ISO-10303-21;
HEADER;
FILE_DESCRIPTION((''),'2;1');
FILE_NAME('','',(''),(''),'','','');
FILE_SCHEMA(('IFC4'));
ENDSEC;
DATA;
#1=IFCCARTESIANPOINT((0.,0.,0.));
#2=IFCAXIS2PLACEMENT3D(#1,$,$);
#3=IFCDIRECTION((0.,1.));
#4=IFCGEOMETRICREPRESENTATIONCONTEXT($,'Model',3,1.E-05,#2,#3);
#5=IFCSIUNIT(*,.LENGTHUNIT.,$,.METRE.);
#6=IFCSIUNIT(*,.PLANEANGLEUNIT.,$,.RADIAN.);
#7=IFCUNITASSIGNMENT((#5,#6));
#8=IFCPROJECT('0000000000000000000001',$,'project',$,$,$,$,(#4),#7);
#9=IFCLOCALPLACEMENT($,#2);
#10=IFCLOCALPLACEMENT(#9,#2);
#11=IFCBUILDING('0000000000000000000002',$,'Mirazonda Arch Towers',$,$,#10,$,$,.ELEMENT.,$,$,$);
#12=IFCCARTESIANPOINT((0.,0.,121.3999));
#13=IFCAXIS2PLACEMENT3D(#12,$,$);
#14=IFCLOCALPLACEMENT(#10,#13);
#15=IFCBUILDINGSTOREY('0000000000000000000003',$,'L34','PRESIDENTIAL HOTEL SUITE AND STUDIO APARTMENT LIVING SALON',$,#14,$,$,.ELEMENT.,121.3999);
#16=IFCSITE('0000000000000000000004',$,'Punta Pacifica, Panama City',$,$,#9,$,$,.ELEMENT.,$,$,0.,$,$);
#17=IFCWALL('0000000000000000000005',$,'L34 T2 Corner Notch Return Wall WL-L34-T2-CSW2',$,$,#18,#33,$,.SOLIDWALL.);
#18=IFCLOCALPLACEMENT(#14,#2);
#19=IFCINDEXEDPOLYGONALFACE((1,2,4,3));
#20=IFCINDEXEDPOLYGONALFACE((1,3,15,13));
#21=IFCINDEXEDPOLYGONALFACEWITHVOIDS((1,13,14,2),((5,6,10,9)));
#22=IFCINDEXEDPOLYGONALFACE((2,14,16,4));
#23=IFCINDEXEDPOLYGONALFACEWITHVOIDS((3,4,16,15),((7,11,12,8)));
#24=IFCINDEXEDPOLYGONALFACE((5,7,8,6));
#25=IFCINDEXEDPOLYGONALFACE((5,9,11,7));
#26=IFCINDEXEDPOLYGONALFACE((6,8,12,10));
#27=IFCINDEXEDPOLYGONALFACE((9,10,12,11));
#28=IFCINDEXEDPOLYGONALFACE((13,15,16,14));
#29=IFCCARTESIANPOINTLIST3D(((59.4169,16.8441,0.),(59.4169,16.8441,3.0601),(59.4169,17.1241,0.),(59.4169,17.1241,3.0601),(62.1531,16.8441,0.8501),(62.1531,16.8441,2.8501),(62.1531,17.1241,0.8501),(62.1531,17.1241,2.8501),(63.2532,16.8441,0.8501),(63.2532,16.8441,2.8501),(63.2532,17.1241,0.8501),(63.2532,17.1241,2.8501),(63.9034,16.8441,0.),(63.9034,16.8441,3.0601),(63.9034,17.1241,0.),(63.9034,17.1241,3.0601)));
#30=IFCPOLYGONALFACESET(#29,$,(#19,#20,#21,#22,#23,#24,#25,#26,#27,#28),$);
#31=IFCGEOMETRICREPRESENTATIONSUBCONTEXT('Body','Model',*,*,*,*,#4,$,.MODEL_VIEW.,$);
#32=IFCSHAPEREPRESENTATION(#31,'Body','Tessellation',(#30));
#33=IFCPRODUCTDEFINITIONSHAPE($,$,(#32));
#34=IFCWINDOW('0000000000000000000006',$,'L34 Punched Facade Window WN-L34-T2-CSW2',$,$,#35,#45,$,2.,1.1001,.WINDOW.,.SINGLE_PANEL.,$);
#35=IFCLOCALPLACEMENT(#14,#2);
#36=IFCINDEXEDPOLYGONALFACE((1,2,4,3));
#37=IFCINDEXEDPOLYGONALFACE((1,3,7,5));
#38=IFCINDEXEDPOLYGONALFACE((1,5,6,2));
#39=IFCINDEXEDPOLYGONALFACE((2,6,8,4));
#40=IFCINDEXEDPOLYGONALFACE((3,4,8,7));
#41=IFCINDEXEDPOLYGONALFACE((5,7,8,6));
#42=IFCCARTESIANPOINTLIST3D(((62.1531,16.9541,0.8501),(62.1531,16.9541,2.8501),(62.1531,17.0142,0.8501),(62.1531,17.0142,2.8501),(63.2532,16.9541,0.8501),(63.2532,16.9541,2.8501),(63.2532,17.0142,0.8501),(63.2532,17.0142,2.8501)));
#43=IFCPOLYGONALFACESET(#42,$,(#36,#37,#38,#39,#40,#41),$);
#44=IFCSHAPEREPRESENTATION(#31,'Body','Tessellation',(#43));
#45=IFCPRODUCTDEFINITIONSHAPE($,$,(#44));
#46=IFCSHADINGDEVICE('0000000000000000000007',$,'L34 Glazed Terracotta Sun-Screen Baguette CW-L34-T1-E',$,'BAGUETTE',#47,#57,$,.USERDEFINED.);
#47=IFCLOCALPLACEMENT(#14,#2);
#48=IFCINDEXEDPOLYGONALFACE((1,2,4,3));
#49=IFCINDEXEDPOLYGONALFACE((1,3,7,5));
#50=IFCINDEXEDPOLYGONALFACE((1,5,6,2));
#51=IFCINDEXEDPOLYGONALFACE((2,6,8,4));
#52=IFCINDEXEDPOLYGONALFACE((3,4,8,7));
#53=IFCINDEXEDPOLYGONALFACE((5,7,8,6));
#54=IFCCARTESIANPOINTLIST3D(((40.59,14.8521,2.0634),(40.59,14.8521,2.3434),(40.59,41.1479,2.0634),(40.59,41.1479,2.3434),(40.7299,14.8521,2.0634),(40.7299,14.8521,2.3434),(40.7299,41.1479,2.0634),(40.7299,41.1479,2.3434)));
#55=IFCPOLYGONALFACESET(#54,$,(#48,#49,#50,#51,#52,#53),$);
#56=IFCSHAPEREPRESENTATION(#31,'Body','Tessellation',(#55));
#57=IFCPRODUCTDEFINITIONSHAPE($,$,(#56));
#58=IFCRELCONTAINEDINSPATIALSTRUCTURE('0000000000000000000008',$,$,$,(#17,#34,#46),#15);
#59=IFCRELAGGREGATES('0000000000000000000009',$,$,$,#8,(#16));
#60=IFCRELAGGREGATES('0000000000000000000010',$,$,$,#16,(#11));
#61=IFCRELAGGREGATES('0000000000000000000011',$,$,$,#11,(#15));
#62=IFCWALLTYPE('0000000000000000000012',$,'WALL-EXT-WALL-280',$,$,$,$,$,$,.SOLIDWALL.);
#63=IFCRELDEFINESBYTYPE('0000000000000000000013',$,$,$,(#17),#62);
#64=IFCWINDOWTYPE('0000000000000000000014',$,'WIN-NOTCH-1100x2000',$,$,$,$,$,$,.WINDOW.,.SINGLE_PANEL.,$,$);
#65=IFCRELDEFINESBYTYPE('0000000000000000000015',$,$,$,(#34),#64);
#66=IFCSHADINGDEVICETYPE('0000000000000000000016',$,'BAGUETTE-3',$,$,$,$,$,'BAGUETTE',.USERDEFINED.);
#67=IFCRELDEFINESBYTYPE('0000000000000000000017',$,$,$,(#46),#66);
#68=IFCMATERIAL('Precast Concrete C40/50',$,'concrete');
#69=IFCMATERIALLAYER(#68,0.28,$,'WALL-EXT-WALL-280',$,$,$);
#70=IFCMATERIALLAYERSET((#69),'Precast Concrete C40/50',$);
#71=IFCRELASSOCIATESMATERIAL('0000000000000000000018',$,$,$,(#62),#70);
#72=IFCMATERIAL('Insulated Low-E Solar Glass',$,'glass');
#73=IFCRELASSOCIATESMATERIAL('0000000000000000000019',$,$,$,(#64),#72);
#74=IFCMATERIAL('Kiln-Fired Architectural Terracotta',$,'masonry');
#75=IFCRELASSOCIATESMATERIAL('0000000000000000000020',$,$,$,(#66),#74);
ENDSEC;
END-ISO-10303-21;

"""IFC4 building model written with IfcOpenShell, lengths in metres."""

from ifc_helpers import new_model, si_unit, direction, frame, frame_2d, origin, origin_2d, place, context, subcontext, project, spatial, rectangle, extrude, material, layer, layer_set, material_profile, profile_set, type_object, element, fill, save


model = new_model("IFC4")

# Units and contexts
model_context = context("Model", 3, precision=1e-05, world=origin(), true_north=direction((0.0, 1.0)))
body_context = subcontext(model_context, "Body", "Model", "MODEL_VIEW")
ifc_project = project(units=[si_unit("LENGTHUNIT", "METRE"), si_unit("PLANEANGLEUNIT", "RADIAN")], contexts=[model_context])

# Site, building, storey
site_placement = place(None, origin())
site = spatial("IfcSite", under=ifc_project, at=site_placement, Name="Punta Pacifica, Panama City", CompositionType="ELEMENT", RefElevation=0.0)
building_placement = place(site_placement, origin())
building = spatial("IfcBuilding", under=site, at=building_placement, Name="Mirazonda Arch Towers", CompositionType="ELEMENT")
storey_placement = place(building_placement, frame((0.0, 0.0, 121.3999)))
storey = spatial("IfcBuildingStorey", under=building, at=storey_placement, Name="L34", Description="PRESIDENTIAL HOTEL SUITE AND STUDIO APARTMENT LIVING SALON", CompositionType="ELEMENT", Elevation=121.3999)

# Shared definitions
ifc_material_1 = material(Name="Insulated Low-E Solar Glass", Category="glass")

# Wall, opening, window
ifc_material_2 = material(Name="Precast Concrete C40/50", Category="concrete")
ifc_layer_1 = layer(ifc_material_2, 0.28, Name="WALL-EXT-WALL-280")
ifc_layer_set_1 = layer_set([ifc_layer_1], Name="Precast Concrete C40/50")
wall_type = type_object("IfcWallType", Name="WALL-EXT-WALL-280", PredefinedType="SOLIDWALL", material=ifc_layer_set_1)
wall_placement = place(storey_placement, frame((59.417, 16.9841, 0.0), z_axis=(0.0, 0.0, 1.0), x_axis=(1.0, 0.0, 0.0)))
wall = element("IfcWall", 1, at=wall_placement, inside=storey, type_object=wall_type, Name="L34 T2 Corner Notch Return Wall WL-L34-T2-CSW2", PredefinedType="SOLIDWALL", context=body_context, shape_type="SweptSolid", body=[
    extrude(rectangle(XDim=4.4866, YDim=0.28, at=frame_2d((2.2432, 0.0))), origin(), (0.0, 0.0, 1.0), 3.0601),
])
opening_placement = place(wall_placement, frame((2.7361, 0.0, 0.8501)))
opening = element("IfcOpeningElement", 2, at=opening_placement, cuts=wall, PredefinedType="OPENING", context=body_context, shape_type="SweptSolid", body=[
    extrude(rectangle(XDim=1.1001, YDim=2.0, at=frame_2d((0.55, 1.0))), frame((0.0, 0.1499, 0.0), z_axis=(0.0, -1.0, 0.0), x_axis=(1.0, 0.0, 0.0)), (0.0, 0.0, 1.0), 0.3),
])
window_type = type_object("IfcWindowType", Name="WIN-NOTCH-1100x2000", PartitioningType="SINGLE_PANEL", PredefinedType="WINDOW", material=ifc_material_1)
window_placement = place(opening_placement, origin())
window = element("IfcWindow", 3, at=window_placement, inside=storey, type_object=window_type, Name="L34 Punched Facade Window WN-L34-T2-CSW2", OverallHeight=2.0, OverallWidth=1.1001, PartitioningType="SINGLE_PANEL", PredefinedType="WINDOW", context=body_context, shape_type="SweptSolid", body=[
    extrude(rectangle(XDim=1.1001, YDim=2.0, at=frame_2d((0.55, 1.0))), frame((0.0, 0.03, 0.0), z_axis=(0.0, -1.0, 0.0), x_axis=(1.0, 0.0, 0.0)), (0.0, 0.0, 1.0), 0.0601),
])
fill(opening, window)

# Shading device
ifc_material_3 = material(Name="Kiln-Fired Architectural Terracotta", Category="masonry")
ifc_material_profile_1 = material_profile(ifc_material_3, rectangle(XDim=0.1399, YDim=0.28, at=origin_2d()), Name="TERRA-BAG-140x280")
ifc_profile_set_1 = profile_set([ifc_material_profile_1], Name="Kiln-Fired Architectural Terracotta")
shading_device_type = type_object("IfcShadingDeviceType", Name="BAGUETTE-3", ElementType="BAGUETTE", PredefinedType="USERDEFINED", material=ifc_profile_set_1)
shading_device_placement = place(storey_placement, frame((40.6599, 14.8521, 2.2034), z_axis=(0.0, 1.0, 0.0), x_axis=(-1.0, 0.0, 0.0)))
element("IfcShadingDevice", 4, at=shading_device_placement, inside=storey, type_object=shading_device_type, Name="L34 Glazed Terracotta Sun-Screen Baguette CW-L34-T1-E", ObjectType="BAGUETTE", PredefinedType="USERDEFINED", context=body_context, shape_type="SweptSolid", body=[
    extrude(rectangle(XDim=0.1399, YDim=0.28, at=origin_2d()), origin(), (0.0, 0.0, 1.0), 26.2959),
])

save(model, "model.ifc")
